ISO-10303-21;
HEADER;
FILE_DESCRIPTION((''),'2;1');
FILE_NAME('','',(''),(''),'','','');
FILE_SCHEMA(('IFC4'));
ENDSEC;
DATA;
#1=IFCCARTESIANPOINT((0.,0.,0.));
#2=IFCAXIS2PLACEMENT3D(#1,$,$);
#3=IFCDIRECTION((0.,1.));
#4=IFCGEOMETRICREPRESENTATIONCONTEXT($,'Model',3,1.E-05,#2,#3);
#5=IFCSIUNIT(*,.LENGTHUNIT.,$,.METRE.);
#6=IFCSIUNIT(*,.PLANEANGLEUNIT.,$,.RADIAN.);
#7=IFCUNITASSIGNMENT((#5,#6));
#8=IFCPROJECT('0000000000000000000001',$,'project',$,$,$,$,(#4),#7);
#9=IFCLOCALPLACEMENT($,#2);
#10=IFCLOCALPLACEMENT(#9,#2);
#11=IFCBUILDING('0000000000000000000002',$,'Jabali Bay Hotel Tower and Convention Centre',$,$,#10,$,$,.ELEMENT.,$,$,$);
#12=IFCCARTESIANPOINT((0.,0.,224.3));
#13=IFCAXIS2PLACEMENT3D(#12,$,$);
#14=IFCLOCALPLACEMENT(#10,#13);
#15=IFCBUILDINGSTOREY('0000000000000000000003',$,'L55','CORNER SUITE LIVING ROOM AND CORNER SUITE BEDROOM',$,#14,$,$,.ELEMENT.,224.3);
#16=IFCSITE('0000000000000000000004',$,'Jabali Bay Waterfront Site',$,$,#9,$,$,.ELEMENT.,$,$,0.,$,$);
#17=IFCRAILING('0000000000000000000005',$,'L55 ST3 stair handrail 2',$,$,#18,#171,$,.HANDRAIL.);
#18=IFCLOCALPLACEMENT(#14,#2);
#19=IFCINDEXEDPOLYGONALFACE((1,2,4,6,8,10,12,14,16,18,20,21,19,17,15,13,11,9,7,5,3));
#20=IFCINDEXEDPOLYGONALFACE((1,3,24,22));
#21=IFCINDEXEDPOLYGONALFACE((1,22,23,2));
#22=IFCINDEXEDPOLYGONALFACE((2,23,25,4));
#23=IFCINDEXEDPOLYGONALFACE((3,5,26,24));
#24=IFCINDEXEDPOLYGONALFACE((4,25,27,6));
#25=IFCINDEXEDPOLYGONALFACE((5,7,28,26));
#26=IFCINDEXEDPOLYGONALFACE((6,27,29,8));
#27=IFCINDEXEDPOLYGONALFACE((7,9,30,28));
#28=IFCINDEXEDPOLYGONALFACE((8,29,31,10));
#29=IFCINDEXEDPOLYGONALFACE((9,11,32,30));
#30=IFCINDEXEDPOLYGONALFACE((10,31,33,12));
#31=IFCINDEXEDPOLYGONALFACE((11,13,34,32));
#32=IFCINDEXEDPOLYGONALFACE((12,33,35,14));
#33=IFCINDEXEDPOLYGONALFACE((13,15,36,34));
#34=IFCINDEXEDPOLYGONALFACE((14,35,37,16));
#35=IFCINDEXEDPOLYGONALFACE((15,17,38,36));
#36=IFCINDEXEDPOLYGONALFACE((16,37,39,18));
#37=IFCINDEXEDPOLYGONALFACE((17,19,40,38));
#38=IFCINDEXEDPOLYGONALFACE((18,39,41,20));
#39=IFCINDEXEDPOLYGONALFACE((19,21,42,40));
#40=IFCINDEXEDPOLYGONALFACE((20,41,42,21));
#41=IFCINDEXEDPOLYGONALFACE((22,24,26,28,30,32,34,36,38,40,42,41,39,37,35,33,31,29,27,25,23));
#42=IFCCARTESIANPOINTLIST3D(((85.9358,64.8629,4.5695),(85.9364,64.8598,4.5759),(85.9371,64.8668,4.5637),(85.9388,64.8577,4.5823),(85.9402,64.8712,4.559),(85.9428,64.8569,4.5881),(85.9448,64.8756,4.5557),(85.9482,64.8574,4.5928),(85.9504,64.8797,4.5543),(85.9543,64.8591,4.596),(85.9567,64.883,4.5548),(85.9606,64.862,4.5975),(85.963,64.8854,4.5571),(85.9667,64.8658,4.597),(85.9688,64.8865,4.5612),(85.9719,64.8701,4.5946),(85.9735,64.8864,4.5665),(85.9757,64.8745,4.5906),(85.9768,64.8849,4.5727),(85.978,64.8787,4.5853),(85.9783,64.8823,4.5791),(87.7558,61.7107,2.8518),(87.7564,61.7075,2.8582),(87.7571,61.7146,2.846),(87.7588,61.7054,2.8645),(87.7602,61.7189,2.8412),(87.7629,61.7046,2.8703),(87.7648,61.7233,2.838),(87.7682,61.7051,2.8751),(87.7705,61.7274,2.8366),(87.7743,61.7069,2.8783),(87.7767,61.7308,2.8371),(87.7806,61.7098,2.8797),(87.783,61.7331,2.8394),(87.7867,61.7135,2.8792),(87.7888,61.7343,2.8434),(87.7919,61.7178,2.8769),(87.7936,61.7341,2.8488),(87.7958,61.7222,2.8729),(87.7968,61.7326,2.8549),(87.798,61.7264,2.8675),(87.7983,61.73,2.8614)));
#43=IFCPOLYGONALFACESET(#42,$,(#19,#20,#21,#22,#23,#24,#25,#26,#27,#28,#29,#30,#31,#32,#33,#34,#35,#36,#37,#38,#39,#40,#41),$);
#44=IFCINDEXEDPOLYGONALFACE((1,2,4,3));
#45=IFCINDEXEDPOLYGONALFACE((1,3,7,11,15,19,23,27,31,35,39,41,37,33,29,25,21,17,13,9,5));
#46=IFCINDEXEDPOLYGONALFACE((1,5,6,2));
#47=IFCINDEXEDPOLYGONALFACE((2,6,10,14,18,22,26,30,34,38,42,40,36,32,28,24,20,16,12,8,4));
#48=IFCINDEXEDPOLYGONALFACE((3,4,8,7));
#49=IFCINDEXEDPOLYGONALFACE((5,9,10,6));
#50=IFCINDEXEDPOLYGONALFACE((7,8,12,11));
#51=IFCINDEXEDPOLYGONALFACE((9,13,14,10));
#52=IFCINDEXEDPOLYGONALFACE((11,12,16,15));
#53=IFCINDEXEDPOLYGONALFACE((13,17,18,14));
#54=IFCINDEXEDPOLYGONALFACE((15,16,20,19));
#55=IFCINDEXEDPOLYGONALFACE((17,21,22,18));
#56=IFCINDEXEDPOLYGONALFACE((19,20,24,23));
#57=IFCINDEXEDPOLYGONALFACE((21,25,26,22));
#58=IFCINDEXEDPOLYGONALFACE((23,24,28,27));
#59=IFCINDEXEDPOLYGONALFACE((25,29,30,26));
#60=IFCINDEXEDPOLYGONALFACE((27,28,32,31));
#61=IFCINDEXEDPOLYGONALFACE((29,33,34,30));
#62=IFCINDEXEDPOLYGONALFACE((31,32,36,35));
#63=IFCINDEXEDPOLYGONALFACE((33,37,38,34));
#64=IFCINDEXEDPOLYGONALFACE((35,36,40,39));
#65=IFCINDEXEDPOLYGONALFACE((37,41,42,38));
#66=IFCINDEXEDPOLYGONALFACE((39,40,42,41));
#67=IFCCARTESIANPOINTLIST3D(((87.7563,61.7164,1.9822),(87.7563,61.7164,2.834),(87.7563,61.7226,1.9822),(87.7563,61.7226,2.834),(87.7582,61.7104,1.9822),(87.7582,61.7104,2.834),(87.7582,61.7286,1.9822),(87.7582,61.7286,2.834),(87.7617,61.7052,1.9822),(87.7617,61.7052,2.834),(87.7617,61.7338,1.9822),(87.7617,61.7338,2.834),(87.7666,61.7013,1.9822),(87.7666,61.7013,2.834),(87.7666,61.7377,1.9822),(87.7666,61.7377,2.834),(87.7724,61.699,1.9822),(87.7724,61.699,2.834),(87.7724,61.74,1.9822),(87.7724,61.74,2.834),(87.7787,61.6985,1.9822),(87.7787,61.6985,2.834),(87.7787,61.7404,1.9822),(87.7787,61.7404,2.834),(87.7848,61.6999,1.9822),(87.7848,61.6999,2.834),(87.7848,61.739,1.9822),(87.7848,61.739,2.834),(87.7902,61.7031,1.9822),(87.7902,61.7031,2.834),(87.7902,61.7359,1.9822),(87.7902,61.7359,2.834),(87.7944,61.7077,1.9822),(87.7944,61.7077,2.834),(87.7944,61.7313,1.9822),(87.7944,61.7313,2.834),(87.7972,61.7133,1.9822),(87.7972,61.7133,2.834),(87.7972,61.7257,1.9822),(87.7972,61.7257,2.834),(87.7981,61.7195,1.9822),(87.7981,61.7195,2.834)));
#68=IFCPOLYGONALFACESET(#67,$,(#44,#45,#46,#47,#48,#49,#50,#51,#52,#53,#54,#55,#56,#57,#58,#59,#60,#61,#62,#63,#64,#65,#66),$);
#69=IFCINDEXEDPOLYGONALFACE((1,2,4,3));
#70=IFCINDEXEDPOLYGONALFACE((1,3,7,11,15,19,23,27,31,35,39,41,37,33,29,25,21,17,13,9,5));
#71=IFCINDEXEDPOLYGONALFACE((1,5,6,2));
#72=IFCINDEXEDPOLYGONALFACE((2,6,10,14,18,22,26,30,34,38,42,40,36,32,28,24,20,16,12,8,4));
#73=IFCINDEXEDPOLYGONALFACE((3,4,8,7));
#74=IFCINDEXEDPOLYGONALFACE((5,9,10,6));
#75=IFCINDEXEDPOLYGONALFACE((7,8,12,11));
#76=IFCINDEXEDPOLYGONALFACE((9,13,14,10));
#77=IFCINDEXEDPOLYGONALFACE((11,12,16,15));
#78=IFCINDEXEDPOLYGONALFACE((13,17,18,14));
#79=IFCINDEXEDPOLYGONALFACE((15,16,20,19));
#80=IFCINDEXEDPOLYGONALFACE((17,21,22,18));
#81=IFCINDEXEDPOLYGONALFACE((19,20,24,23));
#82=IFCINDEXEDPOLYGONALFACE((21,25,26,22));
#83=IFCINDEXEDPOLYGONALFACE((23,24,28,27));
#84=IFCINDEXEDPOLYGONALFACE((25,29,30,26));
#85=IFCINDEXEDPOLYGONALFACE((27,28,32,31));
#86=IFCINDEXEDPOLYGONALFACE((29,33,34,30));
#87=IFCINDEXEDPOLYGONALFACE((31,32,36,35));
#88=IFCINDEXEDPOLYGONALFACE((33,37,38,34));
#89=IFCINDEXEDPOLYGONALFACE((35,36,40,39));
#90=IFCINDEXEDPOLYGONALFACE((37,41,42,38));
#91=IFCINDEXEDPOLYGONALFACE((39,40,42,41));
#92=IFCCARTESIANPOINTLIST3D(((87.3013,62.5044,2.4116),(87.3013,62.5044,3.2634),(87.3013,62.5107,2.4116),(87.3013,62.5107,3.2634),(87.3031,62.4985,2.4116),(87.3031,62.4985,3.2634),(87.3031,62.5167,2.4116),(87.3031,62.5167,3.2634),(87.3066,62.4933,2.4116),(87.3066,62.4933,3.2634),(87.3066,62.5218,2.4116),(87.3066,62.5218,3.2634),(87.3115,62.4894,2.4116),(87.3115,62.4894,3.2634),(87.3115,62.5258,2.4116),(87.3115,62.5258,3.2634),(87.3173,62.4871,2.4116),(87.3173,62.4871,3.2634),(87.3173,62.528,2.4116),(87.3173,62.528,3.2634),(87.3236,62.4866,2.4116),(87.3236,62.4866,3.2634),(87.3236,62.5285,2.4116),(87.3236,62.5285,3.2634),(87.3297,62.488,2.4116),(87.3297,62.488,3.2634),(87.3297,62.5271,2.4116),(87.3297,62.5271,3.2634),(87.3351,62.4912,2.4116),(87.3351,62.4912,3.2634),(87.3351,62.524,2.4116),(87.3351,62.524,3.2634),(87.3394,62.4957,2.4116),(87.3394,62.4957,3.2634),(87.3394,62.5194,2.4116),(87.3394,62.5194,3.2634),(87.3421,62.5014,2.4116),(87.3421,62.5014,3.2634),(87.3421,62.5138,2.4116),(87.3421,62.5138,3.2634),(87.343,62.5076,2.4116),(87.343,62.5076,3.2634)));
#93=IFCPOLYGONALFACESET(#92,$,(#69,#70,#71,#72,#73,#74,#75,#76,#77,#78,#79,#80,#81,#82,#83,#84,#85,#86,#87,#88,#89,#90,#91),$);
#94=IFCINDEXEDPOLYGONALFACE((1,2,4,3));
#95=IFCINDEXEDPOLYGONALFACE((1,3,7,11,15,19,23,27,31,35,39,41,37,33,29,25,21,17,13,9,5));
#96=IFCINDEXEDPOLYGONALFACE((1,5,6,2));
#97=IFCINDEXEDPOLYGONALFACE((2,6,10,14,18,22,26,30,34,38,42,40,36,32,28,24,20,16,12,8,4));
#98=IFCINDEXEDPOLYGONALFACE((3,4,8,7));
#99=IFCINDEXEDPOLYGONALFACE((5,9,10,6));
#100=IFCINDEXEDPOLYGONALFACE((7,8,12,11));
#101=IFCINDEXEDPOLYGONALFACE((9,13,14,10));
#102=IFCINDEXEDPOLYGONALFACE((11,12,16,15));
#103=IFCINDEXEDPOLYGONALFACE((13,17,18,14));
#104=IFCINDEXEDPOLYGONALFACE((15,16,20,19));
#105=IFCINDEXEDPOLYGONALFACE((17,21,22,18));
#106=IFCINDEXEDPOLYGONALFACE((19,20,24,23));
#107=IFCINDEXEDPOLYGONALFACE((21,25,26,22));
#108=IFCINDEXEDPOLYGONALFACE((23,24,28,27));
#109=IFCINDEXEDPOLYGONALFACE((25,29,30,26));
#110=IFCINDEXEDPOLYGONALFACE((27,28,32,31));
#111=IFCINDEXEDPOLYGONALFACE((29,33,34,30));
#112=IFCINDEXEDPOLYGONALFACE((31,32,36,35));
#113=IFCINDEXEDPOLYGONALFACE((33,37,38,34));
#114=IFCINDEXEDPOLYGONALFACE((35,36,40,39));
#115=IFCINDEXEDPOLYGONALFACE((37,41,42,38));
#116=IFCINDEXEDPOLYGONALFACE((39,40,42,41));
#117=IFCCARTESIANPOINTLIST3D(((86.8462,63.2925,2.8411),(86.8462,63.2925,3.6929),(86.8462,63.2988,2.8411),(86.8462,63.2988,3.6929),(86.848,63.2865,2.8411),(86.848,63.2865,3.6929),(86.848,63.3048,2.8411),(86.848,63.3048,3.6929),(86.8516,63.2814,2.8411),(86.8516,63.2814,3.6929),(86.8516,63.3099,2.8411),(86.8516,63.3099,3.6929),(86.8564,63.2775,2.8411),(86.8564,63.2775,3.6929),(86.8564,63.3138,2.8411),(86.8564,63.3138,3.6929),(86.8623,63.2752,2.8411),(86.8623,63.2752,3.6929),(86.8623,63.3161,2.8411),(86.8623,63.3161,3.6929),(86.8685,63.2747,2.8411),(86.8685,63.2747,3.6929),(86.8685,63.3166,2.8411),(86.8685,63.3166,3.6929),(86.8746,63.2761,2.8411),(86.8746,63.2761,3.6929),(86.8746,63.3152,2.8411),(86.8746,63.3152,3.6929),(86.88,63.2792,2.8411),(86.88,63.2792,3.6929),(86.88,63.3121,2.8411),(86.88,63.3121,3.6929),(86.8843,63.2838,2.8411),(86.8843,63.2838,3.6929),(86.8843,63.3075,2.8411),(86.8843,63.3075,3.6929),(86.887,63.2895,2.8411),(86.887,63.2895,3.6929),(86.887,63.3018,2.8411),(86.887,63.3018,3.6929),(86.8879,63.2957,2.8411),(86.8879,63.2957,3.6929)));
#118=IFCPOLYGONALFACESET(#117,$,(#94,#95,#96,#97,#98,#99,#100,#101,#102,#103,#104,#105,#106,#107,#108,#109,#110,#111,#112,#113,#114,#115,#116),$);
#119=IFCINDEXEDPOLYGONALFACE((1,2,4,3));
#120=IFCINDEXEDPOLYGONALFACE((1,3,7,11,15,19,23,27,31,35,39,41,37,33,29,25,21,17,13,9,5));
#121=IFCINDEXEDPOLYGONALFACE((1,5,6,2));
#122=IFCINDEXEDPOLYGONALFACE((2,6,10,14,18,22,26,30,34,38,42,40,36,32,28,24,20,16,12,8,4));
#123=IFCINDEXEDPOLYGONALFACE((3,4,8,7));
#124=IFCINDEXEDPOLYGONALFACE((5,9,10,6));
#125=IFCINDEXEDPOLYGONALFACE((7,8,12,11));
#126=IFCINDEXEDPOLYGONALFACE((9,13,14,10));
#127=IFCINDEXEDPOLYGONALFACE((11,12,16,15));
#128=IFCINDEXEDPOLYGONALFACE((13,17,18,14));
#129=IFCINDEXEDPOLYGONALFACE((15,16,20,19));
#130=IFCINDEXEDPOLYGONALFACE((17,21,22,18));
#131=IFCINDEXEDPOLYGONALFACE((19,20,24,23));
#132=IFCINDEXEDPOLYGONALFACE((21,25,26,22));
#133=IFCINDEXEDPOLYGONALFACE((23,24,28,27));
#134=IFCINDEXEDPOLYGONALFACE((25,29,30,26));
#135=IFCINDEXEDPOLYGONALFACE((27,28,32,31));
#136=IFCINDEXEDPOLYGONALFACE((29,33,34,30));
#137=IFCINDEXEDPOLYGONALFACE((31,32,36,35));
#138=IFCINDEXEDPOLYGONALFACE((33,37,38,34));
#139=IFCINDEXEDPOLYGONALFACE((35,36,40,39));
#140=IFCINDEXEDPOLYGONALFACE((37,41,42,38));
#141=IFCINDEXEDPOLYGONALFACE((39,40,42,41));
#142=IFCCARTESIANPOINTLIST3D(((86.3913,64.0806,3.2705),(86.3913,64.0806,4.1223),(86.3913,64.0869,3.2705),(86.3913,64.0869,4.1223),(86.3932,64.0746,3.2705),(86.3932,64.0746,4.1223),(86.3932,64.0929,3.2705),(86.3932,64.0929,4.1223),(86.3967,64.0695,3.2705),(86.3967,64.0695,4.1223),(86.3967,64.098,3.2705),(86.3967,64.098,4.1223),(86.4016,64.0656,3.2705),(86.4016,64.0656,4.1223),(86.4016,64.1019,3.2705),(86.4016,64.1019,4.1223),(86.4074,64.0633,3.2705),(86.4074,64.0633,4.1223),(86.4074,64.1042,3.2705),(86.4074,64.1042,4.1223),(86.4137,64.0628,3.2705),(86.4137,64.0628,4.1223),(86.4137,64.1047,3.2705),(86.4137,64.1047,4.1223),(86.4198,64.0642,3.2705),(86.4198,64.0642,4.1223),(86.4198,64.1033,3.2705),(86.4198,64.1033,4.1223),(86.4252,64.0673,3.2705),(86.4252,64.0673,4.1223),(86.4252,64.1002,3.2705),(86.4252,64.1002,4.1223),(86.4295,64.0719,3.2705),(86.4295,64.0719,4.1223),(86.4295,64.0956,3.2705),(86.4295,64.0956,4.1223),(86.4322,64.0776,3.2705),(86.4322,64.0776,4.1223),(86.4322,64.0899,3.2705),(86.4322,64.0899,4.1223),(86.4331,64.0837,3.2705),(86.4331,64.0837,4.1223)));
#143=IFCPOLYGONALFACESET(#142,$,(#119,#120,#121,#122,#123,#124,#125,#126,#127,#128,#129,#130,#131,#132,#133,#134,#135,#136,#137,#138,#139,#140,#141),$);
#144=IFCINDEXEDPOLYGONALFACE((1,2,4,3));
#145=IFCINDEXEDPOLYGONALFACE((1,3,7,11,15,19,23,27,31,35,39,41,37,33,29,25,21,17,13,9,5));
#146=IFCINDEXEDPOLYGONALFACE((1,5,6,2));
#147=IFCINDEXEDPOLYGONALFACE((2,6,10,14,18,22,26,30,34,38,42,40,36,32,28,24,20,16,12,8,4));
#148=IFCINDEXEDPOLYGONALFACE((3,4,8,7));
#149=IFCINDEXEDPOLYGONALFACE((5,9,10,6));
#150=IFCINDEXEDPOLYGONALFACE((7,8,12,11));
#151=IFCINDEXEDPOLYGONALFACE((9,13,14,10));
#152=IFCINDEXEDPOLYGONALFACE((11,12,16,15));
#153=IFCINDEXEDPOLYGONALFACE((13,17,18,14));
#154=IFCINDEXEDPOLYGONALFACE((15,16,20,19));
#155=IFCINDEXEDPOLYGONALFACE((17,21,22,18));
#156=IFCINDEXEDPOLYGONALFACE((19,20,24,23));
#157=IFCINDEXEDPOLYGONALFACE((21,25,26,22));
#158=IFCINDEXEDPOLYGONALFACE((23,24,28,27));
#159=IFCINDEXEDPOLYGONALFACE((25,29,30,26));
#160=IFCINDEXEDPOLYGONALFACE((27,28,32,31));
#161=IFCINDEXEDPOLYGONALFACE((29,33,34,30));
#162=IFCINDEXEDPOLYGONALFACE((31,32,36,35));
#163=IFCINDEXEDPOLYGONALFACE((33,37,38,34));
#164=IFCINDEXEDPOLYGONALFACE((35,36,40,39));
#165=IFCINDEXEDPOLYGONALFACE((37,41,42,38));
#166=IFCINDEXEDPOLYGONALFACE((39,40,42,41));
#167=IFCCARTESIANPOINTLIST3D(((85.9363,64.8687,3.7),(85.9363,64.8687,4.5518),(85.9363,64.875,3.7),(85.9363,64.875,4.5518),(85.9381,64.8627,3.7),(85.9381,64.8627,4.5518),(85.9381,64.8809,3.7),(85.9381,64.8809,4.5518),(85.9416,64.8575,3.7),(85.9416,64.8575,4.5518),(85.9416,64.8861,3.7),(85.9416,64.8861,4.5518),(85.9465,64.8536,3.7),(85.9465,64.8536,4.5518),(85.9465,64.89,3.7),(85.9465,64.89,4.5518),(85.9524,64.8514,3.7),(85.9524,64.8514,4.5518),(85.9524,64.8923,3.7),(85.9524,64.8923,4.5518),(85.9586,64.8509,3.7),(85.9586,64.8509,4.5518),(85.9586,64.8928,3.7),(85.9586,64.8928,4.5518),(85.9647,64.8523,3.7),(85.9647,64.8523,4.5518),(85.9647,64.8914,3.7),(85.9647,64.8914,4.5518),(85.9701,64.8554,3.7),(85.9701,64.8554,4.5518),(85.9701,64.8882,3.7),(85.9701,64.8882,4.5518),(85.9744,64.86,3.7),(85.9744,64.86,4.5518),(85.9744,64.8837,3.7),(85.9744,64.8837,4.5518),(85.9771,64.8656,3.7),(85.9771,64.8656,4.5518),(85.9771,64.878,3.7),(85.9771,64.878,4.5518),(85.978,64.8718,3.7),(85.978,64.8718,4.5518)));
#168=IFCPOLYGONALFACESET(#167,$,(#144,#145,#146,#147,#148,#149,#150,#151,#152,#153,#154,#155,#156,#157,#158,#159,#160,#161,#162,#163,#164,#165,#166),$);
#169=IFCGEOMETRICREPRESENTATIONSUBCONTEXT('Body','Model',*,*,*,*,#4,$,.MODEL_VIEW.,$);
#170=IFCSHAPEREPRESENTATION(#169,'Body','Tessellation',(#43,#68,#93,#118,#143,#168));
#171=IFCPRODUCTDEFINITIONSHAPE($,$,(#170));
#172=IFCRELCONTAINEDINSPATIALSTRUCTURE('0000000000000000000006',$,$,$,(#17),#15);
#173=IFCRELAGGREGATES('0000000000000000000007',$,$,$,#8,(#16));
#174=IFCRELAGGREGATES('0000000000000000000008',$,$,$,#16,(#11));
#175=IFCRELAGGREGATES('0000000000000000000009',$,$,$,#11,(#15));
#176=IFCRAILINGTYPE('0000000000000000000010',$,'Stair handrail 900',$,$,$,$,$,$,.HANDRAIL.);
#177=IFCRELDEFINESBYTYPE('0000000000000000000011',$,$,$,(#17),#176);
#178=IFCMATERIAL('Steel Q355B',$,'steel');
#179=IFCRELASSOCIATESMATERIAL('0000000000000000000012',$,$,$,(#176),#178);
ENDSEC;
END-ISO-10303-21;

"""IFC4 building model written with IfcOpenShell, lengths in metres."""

from ifc_helpers import new_model, si_unit, direction, frame, origin, origin_2d, place, context, subcontext, project, spatial, circle, extrude, material, type_object, element, save


model = new_model("IFC4")

# Units and contexts
model_context = context("Model", 3, precision=1e-05, world=origin(), true_north=direction((0.0, 1.0)))
body_context = subcontext(model_context, "Body", "Model", "MODEL_VIEW")
ifc_project = project(units=[si_unit("LENGTHUNIT", "METRE"), si_unit("PLANEANGLEUNIT", "RADIAN")], contexts=[model_context])

# Site, building, storey
site_placement = place(None, origin())
site = spatial("IfcSite", under=ifc_project, at=site_placement, Name="Jabali Bay Waterfront Site", CompositionType="ELEMENT", RefElevation=0.0)
building_placement = place(site_placement, origin())
building = spatial("IfcBuilding", under=site, at=building_placement, Name="Jabali Bay Hotel Tower and Convention Centre", CompositionType="ELEMENT")
storey_placement = place(building_placement, frame((0.0, 0.0, 224.3)))
storey = spatial("IfcBuildingStorey", under=building, at=storey_placement, Name="L55", Description="CORNER SUITE LIVING ROOM AND CORNER SUITE BEDROOM", CompositionType="ELEMENT", Elevation=224.3)

# Railing
ifc_material_1 = material(Name="Steel Q355B", Category="steel")
railing_type_1 = type_object("IfcRailingType", Name="Stair handrail 900", PredefinedType="HANDRAIL", material=ifc_material_1)
railing_1_placement = place(storey_placement, frame((87.7771, 61.7195, 1.9822)))
element("IfcRailing", 1, at=railing_1_placement, inside=storey, type_object=railing_type_1, Name="L55 ST3 stair handrail 2", PredefinedType="HANDRAIL", context=body_context, shape_type="SweptSolid", body=[
    extrude(circle(Radius=0.0239, at=origin_2d()), frame((0.0, 0.0, 0.876), z_axis=(-0.45219, 0.78319, 0.426775), x_axis=(-0.866018, -0.500013, 0.0)), (0.0, 0.0, 1.0), 4.0249),
    extrude(circle(Radius=0.021, at=origin_2d()), origin(), (0.0, 0.0, 1.0), 0.8518),
    extrude(circle(Radius=0.021, at=origin_2d()), frame((-0.4551, 0.7881, 0.4294)), (0.0, 0.0, 1.0), 0.8518),
    extrude(circle(Radius=0.021, at=origin_2d()), frame((-0.9102, 1.5762, 0.8589)), (0.0, 0.0, 1.0), 0.8518),
    extrude(circle(Radius=0.021, at=origin_2d()), frame((-1.365, 2.3643, 1.2883)), (0.0, 0.0, 1.0), 0.8518),
    extrude(circle(Radius=0.021, at=origin_2d()), frame((-1.8201, 3.1523, 1.7178)), (0.0, 0.0, 1.0), 0.8518),
])

save(model, "model.ifc")
